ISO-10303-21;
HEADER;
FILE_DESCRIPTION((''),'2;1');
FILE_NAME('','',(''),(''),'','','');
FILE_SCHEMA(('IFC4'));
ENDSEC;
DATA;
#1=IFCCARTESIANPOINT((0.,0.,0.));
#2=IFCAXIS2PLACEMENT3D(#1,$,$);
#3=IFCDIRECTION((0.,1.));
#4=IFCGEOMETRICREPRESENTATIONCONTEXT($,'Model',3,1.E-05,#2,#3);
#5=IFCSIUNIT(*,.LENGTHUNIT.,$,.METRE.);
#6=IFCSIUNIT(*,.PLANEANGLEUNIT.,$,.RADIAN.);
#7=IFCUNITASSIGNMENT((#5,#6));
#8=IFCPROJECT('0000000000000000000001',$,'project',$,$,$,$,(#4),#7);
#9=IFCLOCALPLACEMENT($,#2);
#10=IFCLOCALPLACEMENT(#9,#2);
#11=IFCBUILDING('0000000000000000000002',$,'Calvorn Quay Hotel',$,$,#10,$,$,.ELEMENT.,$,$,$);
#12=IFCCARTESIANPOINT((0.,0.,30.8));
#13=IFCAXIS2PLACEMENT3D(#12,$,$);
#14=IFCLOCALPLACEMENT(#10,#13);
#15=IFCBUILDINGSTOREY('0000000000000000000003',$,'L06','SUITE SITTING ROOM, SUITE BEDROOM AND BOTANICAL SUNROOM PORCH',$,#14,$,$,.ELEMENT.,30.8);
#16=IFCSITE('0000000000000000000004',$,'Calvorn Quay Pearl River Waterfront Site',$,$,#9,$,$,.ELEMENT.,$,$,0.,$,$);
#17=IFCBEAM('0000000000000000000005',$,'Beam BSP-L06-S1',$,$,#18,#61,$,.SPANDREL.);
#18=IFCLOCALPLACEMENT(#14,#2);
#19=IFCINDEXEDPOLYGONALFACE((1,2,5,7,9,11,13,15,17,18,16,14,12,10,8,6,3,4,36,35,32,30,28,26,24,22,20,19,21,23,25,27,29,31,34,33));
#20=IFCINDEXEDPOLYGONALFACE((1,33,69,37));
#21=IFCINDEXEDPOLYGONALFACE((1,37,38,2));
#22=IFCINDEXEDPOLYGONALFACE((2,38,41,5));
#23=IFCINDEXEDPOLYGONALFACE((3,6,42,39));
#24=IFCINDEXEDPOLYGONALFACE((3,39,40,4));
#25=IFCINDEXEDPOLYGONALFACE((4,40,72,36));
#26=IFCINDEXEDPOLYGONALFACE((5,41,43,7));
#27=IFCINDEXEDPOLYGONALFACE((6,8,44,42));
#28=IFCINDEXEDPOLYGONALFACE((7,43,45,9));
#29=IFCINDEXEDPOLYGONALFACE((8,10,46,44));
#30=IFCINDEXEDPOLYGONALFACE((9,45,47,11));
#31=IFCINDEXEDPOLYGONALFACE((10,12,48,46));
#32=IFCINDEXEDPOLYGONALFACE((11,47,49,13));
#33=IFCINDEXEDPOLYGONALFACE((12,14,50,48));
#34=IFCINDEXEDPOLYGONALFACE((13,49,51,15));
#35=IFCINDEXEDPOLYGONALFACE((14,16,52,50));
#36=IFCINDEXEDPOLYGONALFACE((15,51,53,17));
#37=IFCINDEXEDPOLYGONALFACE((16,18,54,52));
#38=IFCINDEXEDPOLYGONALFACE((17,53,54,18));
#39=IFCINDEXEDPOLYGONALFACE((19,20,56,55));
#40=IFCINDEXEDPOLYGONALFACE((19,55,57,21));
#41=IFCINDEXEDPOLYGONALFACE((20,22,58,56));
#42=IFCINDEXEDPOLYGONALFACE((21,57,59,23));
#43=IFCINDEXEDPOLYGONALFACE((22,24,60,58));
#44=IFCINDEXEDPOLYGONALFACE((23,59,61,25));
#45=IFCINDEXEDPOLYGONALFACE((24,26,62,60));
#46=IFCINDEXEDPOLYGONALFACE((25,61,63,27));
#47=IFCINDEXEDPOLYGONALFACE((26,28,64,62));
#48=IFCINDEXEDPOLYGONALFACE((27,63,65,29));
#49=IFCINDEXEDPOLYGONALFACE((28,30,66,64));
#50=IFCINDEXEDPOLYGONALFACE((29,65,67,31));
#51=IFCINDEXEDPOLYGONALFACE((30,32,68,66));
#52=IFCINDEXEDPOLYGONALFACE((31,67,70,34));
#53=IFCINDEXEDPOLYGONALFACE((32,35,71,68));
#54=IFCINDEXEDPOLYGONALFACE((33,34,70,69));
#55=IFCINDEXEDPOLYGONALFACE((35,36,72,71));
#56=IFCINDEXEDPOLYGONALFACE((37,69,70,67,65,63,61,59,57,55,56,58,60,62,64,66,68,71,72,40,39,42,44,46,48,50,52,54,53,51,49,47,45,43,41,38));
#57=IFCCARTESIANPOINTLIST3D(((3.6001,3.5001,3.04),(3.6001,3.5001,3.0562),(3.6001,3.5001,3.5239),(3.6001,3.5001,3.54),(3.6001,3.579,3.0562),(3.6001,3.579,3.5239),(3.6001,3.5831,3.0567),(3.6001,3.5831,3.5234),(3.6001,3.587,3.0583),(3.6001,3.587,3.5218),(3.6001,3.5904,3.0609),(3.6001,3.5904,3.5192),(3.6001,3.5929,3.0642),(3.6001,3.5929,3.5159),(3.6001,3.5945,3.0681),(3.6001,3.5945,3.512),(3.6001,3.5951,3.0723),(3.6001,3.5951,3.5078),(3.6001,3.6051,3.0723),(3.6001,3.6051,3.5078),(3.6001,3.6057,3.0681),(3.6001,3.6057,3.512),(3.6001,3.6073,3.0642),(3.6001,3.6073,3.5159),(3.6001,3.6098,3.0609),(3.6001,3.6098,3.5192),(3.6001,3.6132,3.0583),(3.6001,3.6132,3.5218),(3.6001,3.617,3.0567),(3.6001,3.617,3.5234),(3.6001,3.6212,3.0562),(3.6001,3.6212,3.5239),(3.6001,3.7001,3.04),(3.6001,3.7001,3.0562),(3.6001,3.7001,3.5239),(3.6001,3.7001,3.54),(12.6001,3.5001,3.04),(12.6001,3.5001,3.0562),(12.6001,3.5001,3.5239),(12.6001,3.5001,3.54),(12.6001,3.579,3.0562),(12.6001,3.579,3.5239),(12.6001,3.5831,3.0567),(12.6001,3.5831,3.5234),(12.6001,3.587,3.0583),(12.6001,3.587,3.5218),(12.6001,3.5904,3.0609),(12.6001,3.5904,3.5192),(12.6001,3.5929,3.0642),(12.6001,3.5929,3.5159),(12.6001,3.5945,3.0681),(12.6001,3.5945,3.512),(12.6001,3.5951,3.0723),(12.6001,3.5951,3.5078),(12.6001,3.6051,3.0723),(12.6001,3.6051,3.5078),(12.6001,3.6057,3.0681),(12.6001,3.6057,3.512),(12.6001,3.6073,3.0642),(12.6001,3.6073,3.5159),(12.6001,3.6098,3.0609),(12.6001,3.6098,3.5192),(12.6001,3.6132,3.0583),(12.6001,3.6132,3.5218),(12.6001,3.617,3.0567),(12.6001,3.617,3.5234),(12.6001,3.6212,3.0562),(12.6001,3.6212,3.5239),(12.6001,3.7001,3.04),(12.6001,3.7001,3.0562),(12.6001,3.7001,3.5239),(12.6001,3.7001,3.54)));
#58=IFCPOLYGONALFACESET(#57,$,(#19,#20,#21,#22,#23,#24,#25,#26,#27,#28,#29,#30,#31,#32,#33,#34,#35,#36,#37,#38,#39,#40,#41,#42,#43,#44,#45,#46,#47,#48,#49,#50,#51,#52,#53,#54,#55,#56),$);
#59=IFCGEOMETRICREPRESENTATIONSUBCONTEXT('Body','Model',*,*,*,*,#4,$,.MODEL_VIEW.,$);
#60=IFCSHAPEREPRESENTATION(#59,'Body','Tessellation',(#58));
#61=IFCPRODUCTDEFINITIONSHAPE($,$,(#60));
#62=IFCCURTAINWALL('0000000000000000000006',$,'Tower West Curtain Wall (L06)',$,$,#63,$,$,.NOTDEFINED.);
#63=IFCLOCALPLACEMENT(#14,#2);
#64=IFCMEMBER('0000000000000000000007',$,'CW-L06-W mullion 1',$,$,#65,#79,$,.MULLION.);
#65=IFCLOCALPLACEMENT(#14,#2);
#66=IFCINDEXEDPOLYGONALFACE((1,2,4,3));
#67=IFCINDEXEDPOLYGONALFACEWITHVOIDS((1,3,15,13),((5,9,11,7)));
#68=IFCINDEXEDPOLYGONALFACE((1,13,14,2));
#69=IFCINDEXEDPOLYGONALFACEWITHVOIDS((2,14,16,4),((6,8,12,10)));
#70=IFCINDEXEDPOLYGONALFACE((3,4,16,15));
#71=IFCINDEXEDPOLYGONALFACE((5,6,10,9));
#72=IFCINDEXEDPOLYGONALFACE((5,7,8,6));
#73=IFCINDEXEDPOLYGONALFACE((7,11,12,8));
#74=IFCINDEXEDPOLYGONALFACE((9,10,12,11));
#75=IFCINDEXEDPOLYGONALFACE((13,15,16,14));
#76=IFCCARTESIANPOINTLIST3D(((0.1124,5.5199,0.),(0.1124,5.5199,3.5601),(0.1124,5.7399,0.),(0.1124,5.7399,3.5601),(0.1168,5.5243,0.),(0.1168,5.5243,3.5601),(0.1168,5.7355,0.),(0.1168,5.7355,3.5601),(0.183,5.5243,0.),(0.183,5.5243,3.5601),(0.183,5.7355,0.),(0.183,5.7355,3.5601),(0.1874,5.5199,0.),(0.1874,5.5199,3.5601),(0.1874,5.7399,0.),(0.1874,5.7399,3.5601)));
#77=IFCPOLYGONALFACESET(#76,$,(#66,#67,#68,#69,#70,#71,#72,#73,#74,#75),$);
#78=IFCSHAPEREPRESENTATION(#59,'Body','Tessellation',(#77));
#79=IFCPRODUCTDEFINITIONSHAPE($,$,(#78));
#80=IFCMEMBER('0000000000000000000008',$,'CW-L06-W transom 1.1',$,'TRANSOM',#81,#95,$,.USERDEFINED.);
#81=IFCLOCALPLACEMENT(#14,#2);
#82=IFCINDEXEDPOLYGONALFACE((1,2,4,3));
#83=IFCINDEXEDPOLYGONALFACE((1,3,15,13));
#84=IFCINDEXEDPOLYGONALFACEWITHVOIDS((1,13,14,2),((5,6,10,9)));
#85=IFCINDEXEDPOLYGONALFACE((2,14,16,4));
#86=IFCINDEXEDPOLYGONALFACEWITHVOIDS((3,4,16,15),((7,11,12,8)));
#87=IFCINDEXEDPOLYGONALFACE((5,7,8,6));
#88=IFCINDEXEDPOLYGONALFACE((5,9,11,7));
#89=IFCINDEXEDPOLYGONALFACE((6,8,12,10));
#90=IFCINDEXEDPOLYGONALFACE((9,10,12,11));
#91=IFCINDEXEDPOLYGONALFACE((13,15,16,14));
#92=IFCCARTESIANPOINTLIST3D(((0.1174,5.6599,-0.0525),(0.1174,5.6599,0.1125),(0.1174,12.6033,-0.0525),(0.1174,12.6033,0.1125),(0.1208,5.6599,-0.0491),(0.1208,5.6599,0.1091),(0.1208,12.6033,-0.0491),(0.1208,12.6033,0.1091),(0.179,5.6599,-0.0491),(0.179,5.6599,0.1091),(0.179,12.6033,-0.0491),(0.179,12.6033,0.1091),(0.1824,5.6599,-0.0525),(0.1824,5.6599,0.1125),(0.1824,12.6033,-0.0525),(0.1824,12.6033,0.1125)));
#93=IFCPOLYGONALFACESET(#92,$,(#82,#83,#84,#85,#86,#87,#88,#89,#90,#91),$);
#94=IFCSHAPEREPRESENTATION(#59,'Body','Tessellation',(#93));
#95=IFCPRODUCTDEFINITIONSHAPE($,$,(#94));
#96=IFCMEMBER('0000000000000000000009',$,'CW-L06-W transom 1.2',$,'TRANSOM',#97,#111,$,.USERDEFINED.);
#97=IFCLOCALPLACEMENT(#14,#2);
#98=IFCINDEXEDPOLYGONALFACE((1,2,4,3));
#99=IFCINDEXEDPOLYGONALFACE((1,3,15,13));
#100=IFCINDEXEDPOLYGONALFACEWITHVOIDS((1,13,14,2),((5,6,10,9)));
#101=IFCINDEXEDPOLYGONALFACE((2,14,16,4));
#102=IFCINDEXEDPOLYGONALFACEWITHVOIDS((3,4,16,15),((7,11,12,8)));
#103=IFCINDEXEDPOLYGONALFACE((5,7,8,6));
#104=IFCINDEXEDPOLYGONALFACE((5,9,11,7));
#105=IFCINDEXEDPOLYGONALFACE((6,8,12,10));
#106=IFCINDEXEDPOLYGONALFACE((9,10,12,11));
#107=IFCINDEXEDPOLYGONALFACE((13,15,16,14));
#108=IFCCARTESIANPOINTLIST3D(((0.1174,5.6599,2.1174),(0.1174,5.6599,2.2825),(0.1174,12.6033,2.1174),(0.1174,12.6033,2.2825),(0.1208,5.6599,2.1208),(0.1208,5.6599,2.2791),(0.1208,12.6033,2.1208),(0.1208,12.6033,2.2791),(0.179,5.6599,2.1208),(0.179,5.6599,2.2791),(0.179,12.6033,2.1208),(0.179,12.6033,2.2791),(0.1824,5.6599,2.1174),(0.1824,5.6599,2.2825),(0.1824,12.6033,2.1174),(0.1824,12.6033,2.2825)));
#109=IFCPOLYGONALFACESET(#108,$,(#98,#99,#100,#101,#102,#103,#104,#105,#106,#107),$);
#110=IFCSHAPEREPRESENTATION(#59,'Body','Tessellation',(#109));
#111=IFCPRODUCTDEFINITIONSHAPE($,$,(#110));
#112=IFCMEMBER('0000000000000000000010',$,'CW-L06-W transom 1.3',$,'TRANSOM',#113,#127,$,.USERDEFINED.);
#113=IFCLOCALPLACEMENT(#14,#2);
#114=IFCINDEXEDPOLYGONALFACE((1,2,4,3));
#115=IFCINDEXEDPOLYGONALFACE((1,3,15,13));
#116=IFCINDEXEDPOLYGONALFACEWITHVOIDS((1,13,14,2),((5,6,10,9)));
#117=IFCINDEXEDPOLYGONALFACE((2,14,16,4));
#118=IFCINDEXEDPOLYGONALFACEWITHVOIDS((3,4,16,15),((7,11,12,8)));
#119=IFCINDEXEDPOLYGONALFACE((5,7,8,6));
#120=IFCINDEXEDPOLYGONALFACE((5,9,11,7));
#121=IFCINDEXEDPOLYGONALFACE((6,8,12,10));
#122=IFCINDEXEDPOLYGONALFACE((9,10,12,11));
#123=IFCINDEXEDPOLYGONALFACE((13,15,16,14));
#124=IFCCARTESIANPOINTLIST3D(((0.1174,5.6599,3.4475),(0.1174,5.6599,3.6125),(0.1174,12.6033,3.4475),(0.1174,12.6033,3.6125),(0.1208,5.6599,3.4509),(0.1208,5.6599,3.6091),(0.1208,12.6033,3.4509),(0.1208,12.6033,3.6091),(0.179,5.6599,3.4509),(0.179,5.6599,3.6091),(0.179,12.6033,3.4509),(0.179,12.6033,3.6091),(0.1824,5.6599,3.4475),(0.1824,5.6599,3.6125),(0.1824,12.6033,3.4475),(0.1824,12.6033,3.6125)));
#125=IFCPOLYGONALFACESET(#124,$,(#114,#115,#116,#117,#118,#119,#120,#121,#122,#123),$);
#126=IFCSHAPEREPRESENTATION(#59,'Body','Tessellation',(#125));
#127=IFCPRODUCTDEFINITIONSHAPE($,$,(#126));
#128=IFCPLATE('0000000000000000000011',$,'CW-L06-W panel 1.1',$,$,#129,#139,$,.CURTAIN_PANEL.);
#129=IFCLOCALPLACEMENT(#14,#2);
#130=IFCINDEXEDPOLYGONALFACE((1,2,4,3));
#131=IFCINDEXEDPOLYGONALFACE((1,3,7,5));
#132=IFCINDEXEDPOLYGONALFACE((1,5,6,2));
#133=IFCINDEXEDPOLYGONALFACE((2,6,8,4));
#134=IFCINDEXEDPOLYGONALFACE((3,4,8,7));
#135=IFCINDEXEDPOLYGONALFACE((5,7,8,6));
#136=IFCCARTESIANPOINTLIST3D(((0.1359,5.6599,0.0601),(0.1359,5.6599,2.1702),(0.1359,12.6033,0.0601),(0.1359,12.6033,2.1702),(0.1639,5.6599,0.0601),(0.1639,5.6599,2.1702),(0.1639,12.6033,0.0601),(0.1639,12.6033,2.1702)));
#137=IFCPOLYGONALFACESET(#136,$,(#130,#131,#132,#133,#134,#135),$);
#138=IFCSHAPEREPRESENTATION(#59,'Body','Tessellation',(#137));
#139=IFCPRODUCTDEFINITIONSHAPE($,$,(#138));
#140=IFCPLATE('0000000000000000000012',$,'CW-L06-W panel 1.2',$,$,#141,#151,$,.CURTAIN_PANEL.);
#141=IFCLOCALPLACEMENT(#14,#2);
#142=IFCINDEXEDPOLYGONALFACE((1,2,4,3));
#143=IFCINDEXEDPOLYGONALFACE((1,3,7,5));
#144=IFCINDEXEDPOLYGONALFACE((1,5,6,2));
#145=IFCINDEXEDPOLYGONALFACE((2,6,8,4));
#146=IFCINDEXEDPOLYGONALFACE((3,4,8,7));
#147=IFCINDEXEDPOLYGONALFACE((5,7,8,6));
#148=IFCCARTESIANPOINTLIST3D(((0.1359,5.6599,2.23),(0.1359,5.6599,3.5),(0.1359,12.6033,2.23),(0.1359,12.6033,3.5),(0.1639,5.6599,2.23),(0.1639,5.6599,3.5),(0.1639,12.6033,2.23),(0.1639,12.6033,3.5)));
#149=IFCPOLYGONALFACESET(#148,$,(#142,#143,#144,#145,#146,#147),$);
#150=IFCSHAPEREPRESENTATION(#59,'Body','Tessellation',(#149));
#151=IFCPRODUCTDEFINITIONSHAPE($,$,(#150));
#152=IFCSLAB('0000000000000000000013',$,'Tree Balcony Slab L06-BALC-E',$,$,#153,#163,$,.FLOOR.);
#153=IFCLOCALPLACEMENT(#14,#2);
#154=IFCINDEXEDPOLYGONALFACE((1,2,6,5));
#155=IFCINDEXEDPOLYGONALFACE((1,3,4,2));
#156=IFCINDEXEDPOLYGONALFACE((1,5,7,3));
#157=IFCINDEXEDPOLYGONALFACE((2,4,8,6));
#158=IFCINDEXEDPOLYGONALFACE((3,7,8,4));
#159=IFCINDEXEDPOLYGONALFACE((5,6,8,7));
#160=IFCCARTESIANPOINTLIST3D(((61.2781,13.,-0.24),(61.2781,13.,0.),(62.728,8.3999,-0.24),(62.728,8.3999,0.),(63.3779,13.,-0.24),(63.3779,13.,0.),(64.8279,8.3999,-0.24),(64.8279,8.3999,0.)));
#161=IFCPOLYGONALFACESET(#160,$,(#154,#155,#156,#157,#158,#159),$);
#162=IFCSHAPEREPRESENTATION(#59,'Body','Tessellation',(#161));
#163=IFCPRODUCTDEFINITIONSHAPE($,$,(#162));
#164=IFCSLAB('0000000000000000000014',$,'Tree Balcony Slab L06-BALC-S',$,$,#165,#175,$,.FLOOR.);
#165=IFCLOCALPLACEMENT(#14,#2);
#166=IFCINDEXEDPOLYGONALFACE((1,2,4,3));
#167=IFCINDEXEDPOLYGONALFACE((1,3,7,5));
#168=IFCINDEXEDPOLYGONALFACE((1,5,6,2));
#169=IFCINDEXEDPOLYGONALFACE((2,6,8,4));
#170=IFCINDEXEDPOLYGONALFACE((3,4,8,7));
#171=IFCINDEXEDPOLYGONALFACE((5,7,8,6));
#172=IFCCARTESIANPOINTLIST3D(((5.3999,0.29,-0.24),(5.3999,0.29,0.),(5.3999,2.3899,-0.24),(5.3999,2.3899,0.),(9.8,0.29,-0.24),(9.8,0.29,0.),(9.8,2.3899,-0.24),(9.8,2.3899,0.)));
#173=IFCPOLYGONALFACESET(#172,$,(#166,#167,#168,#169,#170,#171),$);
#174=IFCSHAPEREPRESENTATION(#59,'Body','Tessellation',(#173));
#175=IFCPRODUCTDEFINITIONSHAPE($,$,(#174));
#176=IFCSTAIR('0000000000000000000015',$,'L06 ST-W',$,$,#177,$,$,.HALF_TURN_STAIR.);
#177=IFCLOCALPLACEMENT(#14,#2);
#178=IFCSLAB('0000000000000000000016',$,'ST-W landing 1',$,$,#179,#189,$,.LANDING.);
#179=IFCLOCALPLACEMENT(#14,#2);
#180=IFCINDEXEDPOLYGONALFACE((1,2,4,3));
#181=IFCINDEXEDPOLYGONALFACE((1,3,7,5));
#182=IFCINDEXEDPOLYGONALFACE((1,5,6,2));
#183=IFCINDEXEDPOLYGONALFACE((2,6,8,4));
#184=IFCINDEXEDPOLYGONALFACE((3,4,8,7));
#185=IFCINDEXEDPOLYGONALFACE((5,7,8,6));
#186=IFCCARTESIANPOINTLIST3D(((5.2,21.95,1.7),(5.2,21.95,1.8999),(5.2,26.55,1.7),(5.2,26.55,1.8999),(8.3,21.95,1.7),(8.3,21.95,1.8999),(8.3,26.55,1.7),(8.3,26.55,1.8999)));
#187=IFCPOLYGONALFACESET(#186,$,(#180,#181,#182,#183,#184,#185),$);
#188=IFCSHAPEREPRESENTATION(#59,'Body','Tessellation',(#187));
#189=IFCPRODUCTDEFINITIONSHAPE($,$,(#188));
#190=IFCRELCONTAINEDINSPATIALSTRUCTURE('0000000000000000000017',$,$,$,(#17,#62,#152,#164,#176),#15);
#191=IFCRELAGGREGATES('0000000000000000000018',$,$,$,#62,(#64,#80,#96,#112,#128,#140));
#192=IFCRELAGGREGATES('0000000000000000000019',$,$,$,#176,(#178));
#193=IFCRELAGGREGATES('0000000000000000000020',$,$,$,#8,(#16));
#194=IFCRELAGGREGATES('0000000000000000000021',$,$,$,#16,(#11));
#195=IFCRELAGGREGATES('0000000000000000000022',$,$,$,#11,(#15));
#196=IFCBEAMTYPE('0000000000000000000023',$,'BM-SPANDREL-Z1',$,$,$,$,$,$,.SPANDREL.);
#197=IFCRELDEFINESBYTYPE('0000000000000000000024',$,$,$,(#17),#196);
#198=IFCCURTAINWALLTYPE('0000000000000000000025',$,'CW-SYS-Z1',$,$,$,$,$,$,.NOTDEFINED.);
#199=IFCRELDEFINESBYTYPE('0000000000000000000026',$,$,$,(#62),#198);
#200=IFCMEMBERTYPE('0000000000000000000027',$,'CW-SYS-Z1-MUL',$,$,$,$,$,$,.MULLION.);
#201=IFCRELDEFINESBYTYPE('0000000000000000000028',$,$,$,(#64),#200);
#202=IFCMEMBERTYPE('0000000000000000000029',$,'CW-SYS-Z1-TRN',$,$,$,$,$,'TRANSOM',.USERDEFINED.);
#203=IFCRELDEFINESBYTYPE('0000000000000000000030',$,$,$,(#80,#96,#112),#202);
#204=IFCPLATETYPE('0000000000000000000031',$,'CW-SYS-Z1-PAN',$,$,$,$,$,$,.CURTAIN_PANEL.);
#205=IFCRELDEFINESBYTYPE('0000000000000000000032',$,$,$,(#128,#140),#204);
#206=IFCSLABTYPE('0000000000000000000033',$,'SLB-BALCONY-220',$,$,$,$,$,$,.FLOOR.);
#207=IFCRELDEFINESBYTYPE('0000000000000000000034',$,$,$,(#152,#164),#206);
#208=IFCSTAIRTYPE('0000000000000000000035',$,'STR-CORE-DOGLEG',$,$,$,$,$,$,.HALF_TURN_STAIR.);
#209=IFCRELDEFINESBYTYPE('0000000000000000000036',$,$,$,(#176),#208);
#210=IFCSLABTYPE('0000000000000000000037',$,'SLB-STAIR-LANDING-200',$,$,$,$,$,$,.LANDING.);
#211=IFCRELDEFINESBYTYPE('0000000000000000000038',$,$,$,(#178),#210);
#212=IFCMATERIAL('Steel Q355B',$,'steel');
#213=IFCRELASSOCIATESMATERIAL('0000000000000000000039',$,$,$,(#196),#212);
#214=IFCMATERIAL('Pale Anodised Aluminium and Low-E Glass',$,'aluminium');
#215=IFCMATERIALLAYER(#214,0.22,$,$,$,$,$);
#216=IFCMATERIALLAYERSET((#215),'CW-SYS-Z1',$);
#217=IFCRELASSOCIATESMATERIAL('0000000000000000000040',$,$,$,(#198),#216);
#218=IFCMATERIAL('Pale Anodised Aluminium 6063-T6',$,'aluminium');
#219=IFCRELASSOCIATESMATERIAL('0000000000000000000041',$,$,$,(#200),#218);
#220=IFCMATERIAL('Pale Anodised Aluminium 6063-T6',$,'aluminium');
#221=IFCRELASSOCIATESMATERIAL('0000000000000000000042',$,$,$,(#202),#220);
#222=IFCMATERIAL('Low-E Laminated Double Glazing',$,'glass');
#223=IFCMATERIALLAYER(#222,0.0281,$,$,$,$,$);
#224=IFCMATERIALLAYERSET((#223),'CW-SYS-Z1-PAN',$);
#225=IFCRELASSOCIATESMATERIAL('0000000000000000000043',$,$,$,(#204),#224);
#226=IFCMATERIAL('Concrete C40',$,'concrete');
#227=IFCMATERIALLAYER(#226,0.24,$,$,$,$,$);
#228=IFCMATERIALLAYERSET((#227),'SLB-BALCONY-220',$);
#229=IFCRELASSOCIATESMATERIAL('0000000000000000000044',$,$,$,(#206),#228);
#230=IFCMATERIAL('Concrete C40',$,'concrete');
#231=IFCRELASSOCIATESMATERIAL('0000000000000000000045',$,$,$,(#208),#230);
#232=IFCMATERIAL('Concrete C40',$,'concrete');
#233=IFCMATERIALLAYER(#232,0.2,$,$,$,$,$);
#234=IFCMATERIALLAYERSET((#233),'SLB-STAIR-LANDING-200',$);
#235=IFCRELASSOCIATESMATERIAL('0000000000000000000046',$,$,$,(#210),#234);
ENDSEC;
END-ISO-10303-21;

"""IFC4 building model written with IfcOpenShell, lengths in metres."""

from ifc_helpers import new_model, si_unit, direction, frame, origin, origin_2d, place, context, subcontext, project, spatial, polyline, rectangle, hollow_rectangle, i_section, outline, extrude, material, layer, layer_set, material_profile, profile_set, type_object, element, aggregate, save


model = new_model("IFC4")

# Units and contexts
model_context = context("Model", 3, precision=1e-05, world=origin(), true_north=direction((0.0, 1.0)))
body_context = subcontext(model_context, "Body", "Model", "MODEL_VIEW")
ifc_project = project(units=[si_unit("LENGTHUNIT", "METRE"), si_unit("PLANEANGLEUNIT", "RADIAN")], contexts=[model_context])

# Site, building, storey
site_placement = place(None, origin())
site = spatial("IfcSite", under=ifc_project, at=site_placement, Name="Calvorn Quay Pearl River Waterfront Site", CompositionType="ELEMENT", RefElevation=0.0)
building_placement = place(site_placement, origin())
building = spatial("IfcBuilding", under=site, at=building_placement, Name="Calvorn Quay Hotel", CompositionType="ELEMENT")
storey_placement = place(building_placement, frame((0.0, 0.0, 30.8)))
storey = spatial("IfcBuildingStorey", under=building, at=storey_placement, Name="L06", Description="SUITE SITTING ROOM, SUITE BEDROOM AND BOTANICAL SUNROOM PORCH", CompositionType="ELEMENT", Elevation=30.8)

# Beam
ifc_material_1 = material(Name="Steel Q355B", Category="steel")
ifc_material_profile_1 = material_profile(ifc_material_1, i_section(OverallWidth=0.2, OverallDepth=0.5, WebThickness=0.01, FlangeThickness=0.0161, FilletRadius=0.0161, at=origin_2d()), Name="HN500x200x10x16")
ifc_profile_set_1 = profile_set([ifc_material_profile_1], Name="Steel Q355B")
beam_type_1 = type_object("IfcBeamType", Name="BM-SPANDREL-Z1", PredefinedType="SPANDREL", material=ifc_profile_set_1)
beam_1_placement = place(storey_placement, frame((3.6001, 3.6001, 3.29), z_axis=(1.0, 0.0, 0.0), x_axis=(0.0, 1.0, 0.0)))
element("IfcBeam", 1, at=beam_1_placement, inside=storey, type_object=beam_type_1, Name="Beam BSP-L06-S1", PredefinedType="SPANDREL", context=body_context, shape_type="SweptSolid", body=[
    extrude(i_section(OverallWidth=0.2, OverallDepth=0.5, WebThickness=0.01, FlangeThickness=0.0161, FilletRadius=0.0161, at=origin_2d()), origin(), (0.0, 0.0, 1.0), 9.0),
])

# Curtain wall, members, plates
ifc_material_2 = material(Name="Pale Anodised Aluminium and Low-E Glass", Category="aluminium")
ifc_layer_1 = layer(ifc_material_2, 0.22)
ifc_layer_set_1 = layer_set([ifc_layer_1], Name="CW-SYS-Z1")
curtain_wall_type = type_object("IfcCurtainWallType", Name="CW-SYS-Z1", PredefinedType="NOTDEFINED", material=ifc_layer_set_1)
curtain_wall_placement = place(storey_placement, origin())
curtain_wall = element("IfcCurtainWall", 2, at=curtain_wall_placement, inside=storey, type_object=curtain_wall_type, Name="Tower West Curtain Wall (L06)", PredefinedType="NOTDEFINED")
ifc_material_3 = material(Name="Pale Anodised Aluminium 6063-T6", Category="aluminium")
ifc_material_profile_2 = material_profile(ifc_material_3, hollow_rectangle(XDim=0.075, YDim=0.22, WallThickness=0.0044, at=origin_2d()), Name="ALU-M220x75x4.5")
ifc_profile_set_2 = profile_set([ifc_material_profile_2], Name="Pale Anodised Aluminium 6063-T6")
member_type_1 = type_object("IfcMemberType", Name="CW-SYS-Z1-MUL", PredefinedType="MULLION", material=ifc_profile_set_2)
member_1_placement = place(storey_placement, frame((0.1499, 5.6299, 0.0), z_axis=(0.0, 0.0, 1.0), x_axis=(-1.0, 0.0, 0.0)))
member_1 = element("IfcMember", 3, at=member_1_placement, type_object=member_type_1, Name="CW-L06-W mullion 1", PredefinedType="MULLION", context=body_context, shape_type="SweptSolid", body=[
    extrude(hollow_rectangle(XDim=0.075, YDim=0.22, WallThickness=0.0044, at=origin_2d()), origin(), (0.0, 0.0, 1.0), 3.5601),
])
ifc_material_4 = material(Name="Pale Anodised Aluminium 6063-T6", Category="aluminium")
ifc_material_profile_3 = material_profile(ifc_material_4, hollow_rectangle(XDim=0.0649, YDim=0.165, WallThickness=0.0034, at=origin_2d()), Name="ALU-T165x65x3.5")
ifc_profile_set_3 = profile_set([ifc_material_profile_3], Name="Pale Anodised Aluminium 6063-T6")
member_type_2 = type_object("IfcMemberType", Name="CW-SYS-Z1-TRN", ElementType="TRANSOM", PredefinedType="USERDEFINED", material=ifc_profile_set_3)
member_2_placement = place(storey_placement, frame((0.1499, 5.6599, 0.03), z_axis=(0.0, 1.0, 0.0), x_axis=(-1.0, 0.0, 0.0)))
member_2 = element("IfcMember", 4, at=member_2_placement, type_object=member_type_2, Name="CW-L06-W transom 1.1", ObjectType="TRANSOM", PredefinedType="USERDEFINED", context=body_context, shape_type="SweptSolid", body=[
    extrude(hollow_rectangle(XDim=0.0649, YDim=0.165, WallThickness=0.0034, at=origin_2d()), origin(), (0.0, 0.0, 1.0), 6.9434),
])
member_3_placement = place(storey_placement, frame((0.1499, 5.6599, 2.2), z_axis=(0.0, 1.0, 0.0), x_axis=(-1.0, 0.0, 0.0)))
member_3 = element("IfcMember", 5, at=member_3_placement, type_object=member_type_2, Name="CW-L06-W transom 1.2", ObjectType="TRANSOM", PredefinedType="USERDEFINED", context=body_context, shape_type="SweptSolid", body=[
    extrude(hollow_rectangle(XDim=0.0649, YDim=0.165, WallThickness=0.0034, at=origin_2d()), origin(), (0.0, 0.0, 1.0), 6.9434),
])
member_4_placement = place(storey_placement, frame((0.1499, 5.6599, 3.53), z_axis=(0.0, 1.0, 0.0), x_axis=(-1.0, 0.0, 0.0)))
member_4 = element("IfcMember", 6, at=member_4_placement, type_object=member_type_2, Name="CW-L06-W transom 1.3", ObjectType="TRANSOM", PredefinedType="USERDEFINED", context=body_context, shape_type="SweptSolid", body=[
    extrude(hollow_rectangle(XDim=0.0649, YDim=0.165, WallThickness=0.0034, at=origin_2d()), origin(), (0.0, 0.0, 1.0), 6.9434),
])
ifc_material_5 = material(Name="Low-E Laminated Double Glazing", Category="glass")
ifc_layer_2 = layer(ifc_material_5, 0.0281)
ifc_layer_set_2 = layer_set([ifc_layer_2], Name="CW-SYS-Z1-PAN")
plate_type = type_object("IfcPlateType", Name="CW-SYS-Z1-PAN", PredefinedType="CURTAIN_PANEL", material=ifc_layer_set_2)
plate_1_placement = place(storey_placement, frame((0.1499, 9.1316, 0.0601), z_axis=(0.0, 0.0, 1.0), x_axis=(0.0, 1.0, 0.0)))
plate_1 = element("IfcPlate", 7, at=plate_1_placement, type_object=plate_type, Name="CW-L06-W panel 1.1", PredefinedType="CURTAIN_PANEL", context=body_context, shape_type="SweptSolid", body=[
    extrude(rectangle(XDim=6.9434, YDim=0.0281, at=origin_2d()), origin(), (0.0, 0.0, 1.0), 2.1101),
])
plate_2_placement = place(storey_placement, frame((0.1499, 9.1316, 2.23), z_axis=(0.0, 0.0, 1.0), x_axis=(0.0, 1.0, 0.0)))
plate_2 = element("IfcPlate", 8, at=plate_2_placement, type_object=plate_type, Name="CW-L06-W panel 1.2", PredefinedType="CURTAIN_PANEL", context=body_context, shape_type="SweptSolid", body=[
    extrude(rectangle(XDim=6.9434, YDim=0.0281, at=origin_2d()), origin(), (0.0, 0.0, 1.0), 1.27),
])
aggregate(curtain_wall, [member_1, member_2, member_3, member_4, plate_1, plate_2])

# Slabs
ifc_material_6 = material(Name="Concrete C40", Category="concrete")
ifc_layer_3 = layer(ifc_material_6, 0.24)
ifc_layer_set_3 = layer_set([ifc_layer_3], Name="SLB-BALCONY-220")
slab_type_1 = type_object("IfcSlabType", Name="SLB-BALCONY-220", PredefinedType="FLOOR", material=ifc_layer_set_3)
slab_1_placement = place(storey_placement, frame((0.0, 0.0, -0.24)))
element("IfcSlab", 9, at=slab_1_placement, inside=storey, type_object=slab_type_1, Name="Tree Balcony Slab L06-BALC-E", PredefinedType="FLOOR", context=body_context, shape_type="SweptSolid", body=[
    extrude(outline(polyline([(62.728, 8.3999), (64.8279, 8.3999), (63.3779, 13.0), (61.2781, 13.0), (62.728, 8.3999)])), origin(), (0.0, 0.0, 1.0), 0.24),
])
slab_2_placement = place(storey_placement, frame((0.0, 0.0, -0.24)))
element("IfcSlab", 10, at=slab_2_placement, inside=storey, type_object=slab_type_1, Name="Tree Balcony Slab L06-BALC-S", PredefinedType="FLOOR", context=body_context, shape_type="SweptSolid", body=[
    extrude(outline(polyline([(5.3999, 0.29), (9.8, 0.29), (9.8, 2.3899), (5.3999, 2.3899), (5.3999, 0.29)])), origin(), (0.0, 0.0, 1.0), 0.24),
])

# Stair, slab
ifc_material_7 = material(Name="Concrete C40", Category="concrete")
stair_type = type_object("IfcStairType", Name="STR-CORE-DOGLEG", PredefinedType="HALF_TURN_STAIR", material=ifc_material_7)
stair_1_placement = place(storey_placement, origin())
stair_1 = element("IfcStair", 11, at=stair_1_placement, inside=storey, type_object=stair_type, Name="L06 ST-W", PredefinedType="HALF_TURN_STAIR")
ifc_material_8 = material(Name="Concrete C40", Category="concrete")
ifc_layer_4 = layer(ifc_material_8, 0.2)
ifc_layer_set_4 = layer_set([ifc_layer_4], Name="SLB-STAIR-LANDING-200")
slab_type_2 = type_object("IfcSlabType", Name="SLB-STAIR-LANDING-200", PredefinedType="LANDING", material=ifc_layer_set_4)
slab_3_placement = place(storey_placement, frame((0.0, 0.0, 1.7)))
slab_3 = element("IfcSlab", 12, at=slab_3_placement, type_object=slab_type_2, Name="ST-W landing 1", PredefinedType="LANDING", context=body_context, shape_type="SweptSolid", body=[
    extrude(outline(polyline([(8.3, 21.95), (8.3, 26.55), (5.2, 26.55), (5.2, 21.95), (8.3, 21.95)])), origin(), (0.0, 0.0, 1.0), 0.2),
])
aggregate(stair_1, [slab_3])

save(model, "model.ifc")
